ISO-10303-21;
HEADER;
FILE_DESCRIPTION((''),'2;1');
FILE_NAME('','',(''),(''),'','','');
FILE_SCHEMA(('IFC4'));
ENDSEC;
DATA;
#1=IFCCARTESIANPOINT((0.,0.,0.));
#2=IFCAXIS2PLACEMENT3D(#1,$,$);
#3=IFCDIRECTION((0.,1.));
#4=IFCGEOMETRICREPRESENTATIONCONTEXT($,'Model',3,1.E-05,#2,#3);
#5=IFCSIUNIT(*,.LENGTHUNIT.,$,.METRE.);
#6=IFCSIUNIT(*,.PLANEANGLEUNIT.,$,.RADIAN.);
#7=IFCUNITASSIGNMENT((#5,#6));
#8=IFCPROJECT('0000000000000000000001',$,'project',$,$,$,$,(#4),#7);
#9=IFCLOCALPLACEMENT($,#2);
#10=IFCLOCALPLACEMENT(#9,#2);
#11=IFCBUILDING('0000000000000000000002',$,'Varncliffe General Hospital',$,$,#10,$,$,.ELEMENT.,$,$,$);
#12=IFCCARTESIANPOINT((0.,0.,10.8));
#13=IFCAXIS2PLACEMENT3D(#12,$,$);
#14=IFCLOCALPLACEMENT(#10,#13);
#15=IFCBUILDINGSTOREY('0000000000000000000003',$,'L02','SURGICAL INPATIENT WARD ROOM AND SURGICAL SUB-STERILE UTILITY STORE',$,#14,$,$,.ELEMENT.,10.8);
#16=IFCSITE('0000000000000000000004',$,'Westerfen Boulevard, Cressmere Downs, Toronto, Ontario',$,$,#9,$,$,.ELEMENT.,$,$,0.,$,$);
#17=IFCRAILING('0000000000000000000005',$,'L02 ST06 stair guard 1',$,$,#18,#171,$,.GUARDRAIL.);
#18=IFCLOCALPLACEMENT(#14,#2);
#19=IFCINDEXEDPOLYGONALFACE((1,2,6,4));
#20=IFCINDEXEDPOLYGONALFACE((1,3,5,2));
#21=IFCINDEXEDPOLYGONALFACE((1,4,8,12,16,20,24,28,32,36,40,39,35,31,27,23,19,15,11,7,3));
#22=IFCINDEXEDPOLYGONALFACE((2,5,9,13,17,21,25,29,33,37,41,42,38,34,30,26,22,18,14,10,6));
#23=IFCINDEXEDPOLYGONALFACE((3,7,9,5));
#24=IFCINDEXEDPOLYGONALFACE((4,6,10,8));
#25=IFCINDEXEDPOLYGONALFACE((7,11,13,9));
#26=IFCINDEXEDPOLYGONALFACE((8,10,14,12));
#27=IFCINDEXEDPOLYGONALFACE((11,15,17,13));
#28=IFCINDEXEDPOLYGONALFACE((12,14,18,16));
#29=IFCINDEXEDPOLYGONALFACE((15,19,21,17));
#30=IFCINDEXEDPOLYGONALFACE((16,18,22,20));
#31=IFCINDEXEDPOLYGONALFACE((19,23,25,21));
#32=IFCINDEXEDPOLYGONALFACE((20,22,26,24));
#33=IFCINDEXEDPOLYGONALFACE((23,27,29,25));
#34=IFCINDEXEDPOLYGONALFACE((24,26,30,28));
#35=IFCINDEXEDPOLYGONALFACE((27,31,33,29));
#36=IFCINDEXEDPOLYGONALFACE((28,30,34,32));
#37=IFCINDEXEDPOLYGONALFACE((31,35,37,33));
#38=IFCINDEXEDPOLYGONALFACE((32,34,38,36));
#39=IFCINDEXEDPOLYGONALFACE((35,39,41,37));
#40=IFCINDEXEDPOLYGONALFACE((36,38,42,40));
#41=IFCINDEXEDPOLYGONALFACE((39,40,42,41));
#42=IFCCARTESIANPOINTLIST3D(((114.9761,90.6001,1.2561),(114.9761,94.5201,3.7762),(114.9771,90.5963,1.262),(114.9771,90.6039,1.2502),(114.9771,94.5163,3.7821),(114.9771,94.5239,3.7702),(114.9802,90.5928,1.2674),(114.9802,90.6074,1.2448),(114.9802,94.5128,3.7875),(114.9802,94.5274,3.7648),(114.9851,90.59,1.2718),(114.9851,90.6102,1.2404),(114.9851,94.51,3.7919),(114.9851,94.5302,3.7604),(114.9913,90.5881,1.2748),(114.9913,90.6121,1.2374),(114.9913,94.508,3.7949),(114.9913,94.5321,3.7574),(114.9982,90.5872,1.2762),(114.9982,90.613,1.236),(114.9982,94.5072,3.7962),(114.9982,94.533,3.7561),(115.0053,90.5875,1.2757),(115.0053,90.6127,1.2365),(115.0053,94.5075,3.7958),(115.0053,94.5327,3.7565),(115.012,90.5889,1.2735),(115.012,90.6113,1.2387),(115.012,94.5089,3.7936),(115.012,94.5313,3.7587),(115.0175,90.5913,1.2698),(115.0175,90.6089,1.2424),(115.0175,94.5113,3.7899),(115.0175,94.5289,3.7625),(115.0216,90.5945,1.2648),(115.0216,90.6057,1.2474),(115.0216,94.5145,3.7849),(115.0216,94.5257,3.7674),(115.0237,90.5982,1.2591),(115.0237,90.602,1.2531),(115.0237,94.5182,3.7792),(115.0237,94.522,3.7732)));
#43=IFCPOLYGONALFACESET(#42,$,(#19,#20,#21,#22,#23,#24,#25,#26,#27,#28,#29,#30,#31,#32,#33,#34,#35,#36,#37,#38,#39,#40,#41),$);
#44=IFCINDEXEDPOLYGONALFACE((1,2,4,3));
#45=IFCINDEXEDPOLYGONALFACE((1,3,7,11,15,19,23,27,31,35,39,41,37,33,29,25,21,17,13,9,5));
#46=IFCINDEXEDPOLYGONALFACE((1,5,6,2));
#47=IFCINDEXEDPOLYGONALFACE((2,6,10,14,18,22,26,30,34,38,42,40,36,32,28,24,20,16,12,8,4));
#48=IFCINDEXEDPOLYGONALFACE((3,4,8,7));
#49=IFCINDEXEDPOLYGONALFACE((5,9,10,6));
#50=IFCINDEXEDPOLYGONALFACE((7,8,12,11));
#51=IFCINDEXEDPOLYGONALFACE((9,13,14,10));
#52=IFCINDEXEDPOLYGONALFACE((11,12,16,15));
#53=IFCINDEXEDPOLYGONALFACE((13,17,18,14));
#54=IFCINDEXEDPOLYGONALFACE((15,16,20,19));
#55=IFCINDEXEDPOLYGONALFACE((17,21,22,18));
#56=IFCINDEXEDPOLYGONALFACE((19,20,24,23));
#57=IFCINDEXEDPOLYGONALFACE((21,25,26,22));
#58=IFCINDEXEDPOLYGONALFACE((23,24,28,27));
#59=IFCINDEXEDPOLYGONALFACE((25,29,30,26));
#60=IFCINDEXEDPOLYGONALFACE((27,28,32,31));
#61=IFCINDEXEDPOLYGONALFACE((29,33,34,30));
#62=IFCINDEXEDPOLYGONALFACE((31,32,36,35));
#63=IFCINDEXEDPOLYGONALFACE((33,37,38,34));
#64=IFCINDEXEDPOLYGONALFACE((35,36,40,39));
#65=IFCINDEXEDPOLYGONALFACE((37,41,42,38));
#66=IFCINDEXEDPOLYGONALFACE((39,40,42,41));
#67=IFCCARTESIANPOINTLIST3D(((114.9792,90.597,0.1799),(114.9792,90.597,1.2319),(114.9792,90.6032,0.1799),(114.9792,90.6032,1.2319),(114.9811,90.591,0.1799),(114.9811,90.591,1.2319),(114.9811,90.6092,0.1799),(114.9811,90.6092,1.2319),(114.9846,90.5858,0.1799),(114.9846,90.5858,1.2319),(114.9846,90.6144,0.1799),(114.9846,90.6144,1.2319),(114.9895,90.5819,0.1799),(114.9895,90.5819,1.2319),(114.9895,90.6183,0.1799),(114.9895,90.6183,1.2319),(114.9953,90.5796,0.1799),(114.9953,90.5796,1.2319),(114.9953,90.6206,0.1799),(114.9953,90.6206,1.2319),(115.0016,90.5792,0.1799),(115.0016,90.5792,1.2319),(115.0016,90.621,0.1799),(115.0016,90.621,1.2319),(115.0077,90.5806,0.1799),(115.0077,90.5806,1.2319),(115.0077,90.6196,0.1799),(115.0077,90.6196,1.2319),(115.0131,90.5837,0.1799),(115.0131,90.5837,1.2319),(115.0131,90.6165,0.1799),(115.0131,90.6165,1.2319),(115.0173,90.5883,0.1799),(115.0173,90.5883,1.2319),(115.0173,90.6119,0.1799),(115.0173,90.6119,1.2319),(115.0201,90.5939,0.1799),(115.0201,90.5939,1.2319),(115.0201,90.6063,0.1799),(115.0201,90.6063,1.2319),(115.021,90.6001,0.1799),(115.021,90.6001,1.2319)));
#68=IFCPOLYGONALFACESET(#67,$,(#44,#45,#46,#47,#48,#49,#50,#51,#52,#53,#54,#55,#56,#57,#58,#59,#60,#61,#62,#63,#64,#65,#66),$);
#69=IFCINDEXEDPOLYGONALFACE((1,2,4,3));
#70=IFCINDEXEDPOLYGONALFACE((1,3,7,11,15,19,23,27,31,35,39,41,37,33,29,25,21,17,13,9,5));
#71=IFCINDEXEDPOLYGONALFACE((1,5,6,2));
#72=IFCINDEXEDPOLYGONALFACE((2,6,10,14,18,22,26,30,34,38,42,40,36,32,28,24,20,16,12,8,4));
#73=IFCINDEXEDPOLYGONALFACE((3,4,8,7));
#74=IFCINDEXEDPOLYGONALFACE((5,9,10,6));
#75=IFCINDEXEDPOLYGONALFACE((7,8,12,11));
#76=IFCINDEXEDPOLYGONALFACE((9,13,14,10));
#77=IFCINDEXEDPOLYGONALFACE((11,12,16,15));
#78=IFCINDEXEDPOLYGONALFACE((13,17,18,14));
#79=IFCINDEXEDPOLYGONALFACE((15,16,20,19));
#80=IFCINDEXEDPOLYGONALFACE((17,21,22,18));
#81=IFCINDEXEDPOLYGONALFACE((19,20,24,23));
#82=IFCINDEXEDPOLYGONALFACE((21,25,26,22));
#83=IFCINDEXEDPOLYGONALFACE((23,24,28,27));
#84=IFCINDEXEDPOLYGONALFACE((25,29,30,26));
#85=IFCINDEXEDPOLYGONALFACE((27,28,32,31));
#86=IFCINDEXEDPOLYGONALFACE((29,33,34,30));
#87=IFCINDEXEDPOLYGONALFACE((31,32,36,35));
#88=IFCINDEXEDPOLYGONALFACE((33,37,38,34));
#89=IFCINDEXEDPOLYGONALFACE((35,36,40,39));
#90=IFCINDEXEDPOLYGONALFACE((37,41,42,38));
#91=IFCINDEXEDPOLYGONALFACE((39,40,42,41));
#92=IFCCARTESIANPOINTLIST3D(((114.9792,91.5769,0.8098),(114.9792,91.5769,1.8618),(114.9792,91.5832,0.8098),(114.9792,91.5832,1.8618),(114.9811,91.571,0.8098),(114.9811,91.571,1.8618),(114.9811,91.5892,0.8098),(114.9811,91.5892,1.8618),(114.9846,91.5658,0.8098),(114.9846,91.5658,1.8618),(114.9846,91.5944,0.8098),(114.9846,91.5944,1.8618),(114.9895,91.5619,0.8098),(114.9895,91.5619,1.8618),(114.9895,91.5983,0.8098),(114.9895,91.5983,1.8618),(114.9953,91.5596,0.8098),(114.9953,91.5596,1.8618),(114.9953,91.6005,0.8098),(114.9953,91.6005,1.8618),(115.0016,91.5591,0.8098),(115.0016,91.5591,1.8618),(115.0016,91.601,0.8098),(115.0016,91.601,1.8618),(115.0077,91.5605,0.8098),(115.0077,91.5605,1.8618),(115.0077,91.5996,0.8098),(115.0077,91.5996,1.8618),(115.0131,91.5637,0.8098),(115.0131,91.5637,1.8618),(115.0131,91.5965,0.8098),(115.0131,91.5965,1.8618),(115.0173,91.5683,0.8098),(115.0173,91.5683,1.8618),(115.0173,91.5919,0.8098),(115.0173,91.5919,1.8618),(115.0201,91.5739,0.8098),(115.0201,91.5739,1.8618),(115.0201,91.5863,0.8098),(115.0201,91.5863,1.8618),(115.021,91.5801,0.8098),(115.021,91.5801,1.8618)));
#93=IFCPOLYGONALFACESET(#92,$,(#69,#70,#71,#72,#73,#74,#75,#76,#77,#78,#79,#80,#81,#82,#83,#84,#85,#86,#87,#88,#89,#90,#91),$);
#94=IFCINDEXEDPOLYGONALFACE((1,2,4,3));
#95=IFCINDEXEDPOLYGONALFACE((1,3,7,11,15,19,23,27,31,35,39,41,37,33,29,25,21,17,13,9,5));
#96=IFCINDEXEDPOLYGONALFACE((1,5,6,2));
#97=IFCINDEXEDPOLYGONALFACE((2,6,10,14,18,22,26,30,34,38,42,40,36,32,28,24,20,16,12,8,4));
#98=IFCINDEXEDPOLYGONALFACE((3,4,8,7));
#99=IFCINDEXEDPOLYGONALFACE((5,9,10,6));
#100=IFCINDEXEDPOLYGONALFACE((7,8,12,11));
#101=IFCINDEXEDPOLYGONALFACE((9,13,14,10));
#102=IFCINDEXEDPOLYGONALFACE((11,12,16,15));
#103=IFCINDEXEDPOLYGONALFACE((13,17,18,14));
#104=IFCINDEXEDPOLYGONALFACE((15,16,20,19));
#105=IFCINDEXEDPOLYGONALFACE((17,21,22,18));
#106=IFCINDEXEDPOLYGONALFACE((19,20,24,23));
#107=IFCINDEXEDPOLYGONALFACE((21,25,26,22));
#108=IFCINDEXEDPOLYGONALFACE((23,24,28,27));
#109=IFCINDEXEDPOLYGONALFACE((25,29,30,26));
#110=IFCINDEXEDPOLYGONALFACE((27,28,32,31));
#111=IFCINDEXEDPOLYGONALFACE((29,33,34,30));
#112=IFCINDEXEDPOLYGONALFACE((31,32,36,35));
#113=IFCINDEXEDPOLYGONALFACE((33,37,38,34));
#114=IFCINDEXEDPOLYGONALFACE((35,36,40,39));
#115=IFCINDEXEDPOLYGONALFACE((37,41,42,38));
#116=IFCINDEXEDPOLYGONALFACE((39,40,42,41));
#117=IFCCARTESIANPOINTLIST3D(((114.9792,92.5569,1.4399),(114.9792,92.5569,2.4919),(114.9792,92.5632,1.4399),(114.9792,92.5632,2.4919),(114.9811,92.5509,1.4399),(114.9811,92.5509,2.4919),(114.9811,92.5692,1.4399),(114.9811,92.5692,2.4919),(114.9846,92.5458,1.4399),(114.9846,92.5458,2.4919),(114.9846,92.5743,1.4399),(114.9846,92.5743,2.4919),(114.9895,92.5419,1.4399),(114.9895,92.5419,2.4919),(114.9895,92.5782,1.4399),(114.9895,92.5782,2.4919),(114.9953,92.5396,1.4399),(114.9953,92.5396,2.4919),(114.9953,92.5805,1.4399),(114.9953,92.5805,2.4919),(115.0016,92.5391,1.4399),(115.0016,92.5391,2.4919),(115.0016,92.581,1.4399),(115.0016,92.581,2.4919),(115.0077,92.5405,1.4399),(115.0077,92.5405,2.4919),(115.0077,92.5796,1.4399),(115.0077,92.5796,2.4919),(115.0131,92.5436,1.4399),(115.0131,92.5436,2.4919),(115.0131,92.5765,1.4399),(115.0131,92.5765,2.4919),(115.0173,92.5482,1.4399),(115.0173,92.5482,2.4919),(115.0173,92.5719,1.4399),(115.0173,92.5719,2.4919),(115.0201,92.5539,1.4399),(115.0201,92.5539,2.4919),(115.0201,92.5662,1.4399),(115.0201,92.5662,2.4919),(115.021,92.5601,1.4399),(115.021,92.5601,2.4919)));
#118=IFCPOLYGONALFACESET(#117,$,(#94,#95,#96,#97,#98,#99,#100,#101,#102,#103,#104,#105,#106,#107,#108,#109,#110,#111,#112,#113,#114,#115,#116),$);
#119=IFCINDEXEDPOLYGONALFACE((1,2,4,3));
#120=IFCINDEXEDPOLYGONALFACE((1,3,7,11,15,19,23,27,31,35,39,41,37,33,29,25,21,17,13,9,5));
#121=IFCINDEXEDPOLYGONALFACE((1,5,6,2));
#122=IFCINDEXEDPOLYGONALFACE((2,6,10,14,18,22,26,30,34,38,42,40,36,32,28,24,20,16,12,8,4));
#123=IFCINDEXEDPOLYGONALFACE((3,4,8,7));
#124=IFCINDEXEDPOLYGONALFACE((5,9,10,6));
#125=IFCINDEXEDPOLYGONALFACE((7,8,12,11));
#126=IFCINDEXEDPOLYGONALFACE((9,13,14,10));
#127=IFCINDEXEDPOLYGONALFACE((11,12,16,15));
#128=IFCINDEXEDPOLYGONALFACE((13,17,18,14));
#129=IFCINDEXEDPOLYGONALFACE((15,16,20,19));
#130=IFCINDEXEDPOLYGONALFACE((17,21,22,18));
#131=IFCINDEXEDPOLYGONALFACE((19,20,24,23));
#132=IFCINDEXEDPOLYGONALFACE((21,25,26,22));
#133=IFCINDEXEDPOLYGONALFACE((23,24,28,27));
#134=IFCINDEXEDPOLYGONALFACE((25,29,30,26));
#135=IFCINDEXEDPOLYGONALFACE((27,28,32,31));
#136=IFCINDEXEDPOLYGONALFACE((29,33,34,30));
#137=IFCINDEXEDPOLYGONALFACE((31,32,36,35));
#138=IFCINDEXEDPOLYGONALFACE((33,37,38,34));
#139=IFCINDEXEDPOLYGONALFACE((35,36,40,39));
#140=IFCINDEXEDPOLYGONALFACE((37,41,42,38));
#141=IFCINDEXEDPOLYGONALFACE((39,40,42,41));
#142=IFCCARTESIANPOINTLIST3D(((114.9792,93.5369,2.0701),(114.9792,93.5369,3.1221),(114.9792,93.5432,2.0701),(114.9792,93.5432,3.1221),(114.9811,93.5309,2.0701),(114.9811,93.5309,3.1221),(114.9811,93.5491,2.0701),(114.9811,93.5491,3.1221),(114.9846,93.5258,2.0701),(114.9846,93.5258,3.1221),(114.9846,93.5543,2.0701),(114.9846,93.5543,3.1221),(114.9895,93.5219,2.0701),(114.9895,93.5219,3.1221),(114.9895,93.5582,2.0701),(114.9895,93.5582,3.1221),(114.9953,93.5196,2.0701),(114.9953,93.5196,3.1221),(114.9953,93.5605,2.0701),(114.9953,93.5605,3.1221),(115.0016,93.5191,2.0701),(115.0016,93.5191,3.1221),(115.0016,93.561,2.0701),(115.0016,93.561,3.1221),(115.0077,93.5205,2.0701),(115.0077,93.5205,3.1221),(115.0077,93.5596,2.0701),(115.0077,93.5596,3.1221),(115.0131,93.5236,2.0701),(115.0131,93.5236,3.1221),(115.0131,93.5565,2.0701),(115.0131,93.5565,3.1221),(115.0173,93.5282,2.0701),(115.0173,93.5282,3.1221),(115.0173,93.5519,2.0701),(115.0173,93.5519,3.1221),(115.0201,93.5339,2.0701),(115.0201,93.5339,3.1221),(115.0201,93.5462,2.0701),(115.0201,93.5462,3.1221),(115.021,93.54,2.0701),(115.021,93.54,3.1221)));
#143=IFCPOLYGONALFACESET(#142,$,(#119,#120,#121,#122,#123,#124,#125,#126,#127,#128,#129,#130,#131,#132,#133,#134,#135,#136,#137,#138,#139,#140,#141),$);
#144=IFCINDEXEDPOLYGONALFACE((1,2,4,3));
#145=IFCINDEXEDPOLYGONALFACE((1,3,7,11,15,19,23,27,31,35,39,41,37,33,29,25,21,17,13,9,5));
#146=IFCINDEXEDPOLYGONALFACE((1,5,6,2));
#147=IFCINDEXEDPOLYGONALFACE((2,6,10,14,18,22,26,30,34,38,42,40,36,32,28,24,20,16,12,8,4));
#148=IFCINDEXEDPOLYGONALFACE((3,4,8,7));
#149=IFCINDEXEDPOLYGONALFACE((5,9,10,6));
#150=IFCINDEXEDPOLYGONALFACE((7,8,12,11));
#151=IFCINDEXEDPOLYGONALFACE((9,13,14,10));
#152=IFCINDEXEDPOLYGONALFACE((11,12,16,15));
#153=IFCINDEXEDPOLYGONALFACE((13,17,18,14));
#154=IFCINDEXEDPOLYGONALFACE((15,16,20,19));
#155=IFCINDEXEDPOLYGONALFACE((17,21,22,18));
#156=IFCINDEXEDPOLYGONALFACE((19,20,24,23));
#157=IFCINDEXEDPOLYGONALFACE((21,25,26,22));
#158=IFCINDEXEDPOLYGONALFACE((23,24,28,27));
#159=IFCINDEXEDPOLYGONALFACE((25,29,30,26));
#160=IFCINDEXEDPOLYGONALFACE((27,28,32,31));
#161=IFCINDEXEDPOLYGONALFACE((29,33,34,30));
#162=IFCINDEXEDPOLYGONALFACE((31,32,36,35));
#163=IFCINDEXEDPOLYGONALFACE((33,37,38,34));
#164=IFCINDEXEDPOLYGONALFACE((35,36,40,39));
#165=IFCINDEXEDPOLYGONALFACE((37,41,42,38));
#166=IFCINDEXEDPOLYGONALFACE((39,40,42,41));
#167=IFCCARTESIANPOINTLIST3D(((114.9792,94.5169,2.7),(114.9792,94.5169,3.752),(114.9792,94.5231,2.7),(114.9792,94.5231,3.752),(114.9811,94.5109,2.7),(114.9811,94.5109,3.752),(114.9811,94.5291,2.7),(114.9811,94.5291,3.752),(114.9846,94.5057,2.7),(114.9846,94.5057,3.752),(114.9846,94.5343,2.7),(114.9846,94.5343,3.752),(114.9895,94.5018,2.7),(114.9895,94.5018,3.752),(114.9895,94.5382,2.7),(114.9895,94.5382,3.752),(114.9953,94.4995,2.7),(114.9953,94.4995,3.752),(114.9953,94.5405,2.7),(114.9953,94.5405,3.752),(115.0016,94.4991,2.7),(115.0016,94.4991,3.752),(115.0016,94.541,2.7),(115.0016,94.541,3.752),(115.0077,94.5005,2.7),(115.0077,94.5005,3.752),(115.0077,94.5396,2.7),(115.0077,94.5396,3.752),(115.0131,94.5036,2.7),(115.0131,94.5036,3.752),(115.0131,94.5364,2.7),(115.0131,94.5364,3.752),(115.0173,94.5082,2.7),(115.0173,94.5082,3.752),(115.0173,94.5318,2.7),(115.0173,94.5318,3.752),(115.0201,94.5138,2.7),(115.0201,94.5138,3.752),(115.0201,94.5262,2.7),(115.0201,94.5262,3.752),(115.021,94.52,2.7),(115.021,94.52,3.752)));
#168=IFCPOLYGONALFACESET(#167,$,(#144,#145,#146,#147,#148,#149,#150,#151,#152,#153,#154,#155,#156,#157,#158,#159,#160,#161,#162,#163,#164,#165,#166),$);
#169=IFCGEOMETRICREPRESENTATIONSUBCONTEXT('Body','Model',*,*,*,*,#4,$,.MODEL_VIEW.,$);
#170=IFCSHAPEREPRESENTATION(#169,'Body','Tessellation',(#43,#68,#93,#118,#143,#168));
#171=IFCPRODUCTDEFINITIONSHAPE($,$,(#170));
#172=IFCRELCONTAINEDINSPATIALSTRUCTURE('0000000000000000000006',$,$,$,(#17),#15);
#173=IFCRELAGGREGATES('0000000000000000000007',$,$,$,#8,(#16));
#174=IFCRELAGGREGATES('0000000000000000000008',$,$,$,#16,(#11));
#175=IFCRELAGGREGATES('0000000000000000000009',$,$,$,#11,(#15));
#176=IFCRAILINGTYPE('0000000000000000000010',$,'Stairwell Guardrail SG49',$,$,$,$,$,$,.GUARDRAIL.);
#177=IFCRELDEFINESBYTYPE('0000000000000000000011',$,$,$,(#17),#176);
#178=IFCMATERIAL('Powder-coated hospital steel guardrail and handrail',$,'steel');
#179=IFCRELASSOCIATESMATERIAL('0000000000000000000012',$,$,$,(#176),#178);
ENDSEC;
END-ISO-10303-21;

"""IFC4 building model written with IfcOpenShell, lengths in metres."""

from ifc_helpers import new_model, si_unit, direction, frame, origin, origin_2d, place, context, subcontext, project, spatial, circle, extrude, material, type_object, element, save


model = new_model("IFC4")

# Units and contexts
model_context = context("Model", 3, precision=1e-05, world=origin(), true_north=direction((0.0, 1.0)))
body_context = subcontext(model_context, "Body", "Model", "MODEL_VIEW")
ifc_project = project(units=[si_unit("LENGTHUNIT", "METRE"), si_unit("PLANEANGLEUNIT", "RADIAN")], contexts=[model_context])

# Site, building, storey
site_placement = place(None, origin())
site = spatial("IfcSite", under=ifc_project, at=site_placement, Name="Westerfen Boulevard, Cressmere Downs, Toronto, Ontario", CompositionType="ELEMENT", RefElevation=0.0)
building_placement = place(site_placement, origin())
building = spatial("IfcBuilding", under=site, at=building_placement, Name="Varncliffe General Hospital", CompositionType="ELEMENT")
storey_placement = place(building_placement, frame((0.0, 0.0, 10.8)))
storey = spatial("IfcBuildingStorey", under=building, at=storey_placement, Name="L02", Description="SURGICAL INPATIENT WARD ROOM AND SURGICAL SUB-STERILE UTILITY STORE", CompositionType="ELEMENT", Elevation=10.8)

# Railing
ifc_material_1 = material(Name="Powder-coated hospital steel guardrail and handrail", Category="steel")
railing_type_1 = type_object("IfcRailingType", Name="Stairwell Guardrail SG49", PredefinedType="GUARDRAIL", material=ifc_material_1)
railing_1_placement = place(storey_placement, frame((115.0, 90.6001, 0.1799)))
element("IfcRailing", 1, at=railing_1_placement, inside=storey, type_object=railing_type_1, Name="L02 ST06 stair guard 1", PredefinedType="GUARDRAIL", context=body_context, shape_type="SweptSolid", body=[
    extrude(circle(Radius=0.0239, at=origin_2d()), frame((0.0, 0.0, 1.0762), z_axis=(0.0, 0.841172, 0.540768), x_axis=(-1.0, 0.0, 0.0)), (0.0, 0.0, 1.0), 4.6602),
    extrude(circle(Radius=0.021, at=origin_2d()), origin(), (0.0, 0.0, 1.0), 1.052),
    extrude(circle(Radius=0.021, at=origin_2d()), frame((0.0, 0.98, 0.6299)), (0.0, 0.0, 1.0), 1.052),
    extrude(circle(Radius=0.021, at=origin_2d()), frame((0.0, 1.96, 1.26)), (0.0, 0.0, 1.0), 1.052),
    extrude(circle(Radius=0.021, at=origin_2d()), frame((0.0, 2.9399, 1.8901)), (0.0, 0.0, 1.0), 1.052),
    extrude(circle(Radius=0.021, at=origin_2d()), frame((0.0, 3.9199, 2.52)), (0.0, 0.0, 1.0), 1.052),
])

save(model, "model.ifc")
